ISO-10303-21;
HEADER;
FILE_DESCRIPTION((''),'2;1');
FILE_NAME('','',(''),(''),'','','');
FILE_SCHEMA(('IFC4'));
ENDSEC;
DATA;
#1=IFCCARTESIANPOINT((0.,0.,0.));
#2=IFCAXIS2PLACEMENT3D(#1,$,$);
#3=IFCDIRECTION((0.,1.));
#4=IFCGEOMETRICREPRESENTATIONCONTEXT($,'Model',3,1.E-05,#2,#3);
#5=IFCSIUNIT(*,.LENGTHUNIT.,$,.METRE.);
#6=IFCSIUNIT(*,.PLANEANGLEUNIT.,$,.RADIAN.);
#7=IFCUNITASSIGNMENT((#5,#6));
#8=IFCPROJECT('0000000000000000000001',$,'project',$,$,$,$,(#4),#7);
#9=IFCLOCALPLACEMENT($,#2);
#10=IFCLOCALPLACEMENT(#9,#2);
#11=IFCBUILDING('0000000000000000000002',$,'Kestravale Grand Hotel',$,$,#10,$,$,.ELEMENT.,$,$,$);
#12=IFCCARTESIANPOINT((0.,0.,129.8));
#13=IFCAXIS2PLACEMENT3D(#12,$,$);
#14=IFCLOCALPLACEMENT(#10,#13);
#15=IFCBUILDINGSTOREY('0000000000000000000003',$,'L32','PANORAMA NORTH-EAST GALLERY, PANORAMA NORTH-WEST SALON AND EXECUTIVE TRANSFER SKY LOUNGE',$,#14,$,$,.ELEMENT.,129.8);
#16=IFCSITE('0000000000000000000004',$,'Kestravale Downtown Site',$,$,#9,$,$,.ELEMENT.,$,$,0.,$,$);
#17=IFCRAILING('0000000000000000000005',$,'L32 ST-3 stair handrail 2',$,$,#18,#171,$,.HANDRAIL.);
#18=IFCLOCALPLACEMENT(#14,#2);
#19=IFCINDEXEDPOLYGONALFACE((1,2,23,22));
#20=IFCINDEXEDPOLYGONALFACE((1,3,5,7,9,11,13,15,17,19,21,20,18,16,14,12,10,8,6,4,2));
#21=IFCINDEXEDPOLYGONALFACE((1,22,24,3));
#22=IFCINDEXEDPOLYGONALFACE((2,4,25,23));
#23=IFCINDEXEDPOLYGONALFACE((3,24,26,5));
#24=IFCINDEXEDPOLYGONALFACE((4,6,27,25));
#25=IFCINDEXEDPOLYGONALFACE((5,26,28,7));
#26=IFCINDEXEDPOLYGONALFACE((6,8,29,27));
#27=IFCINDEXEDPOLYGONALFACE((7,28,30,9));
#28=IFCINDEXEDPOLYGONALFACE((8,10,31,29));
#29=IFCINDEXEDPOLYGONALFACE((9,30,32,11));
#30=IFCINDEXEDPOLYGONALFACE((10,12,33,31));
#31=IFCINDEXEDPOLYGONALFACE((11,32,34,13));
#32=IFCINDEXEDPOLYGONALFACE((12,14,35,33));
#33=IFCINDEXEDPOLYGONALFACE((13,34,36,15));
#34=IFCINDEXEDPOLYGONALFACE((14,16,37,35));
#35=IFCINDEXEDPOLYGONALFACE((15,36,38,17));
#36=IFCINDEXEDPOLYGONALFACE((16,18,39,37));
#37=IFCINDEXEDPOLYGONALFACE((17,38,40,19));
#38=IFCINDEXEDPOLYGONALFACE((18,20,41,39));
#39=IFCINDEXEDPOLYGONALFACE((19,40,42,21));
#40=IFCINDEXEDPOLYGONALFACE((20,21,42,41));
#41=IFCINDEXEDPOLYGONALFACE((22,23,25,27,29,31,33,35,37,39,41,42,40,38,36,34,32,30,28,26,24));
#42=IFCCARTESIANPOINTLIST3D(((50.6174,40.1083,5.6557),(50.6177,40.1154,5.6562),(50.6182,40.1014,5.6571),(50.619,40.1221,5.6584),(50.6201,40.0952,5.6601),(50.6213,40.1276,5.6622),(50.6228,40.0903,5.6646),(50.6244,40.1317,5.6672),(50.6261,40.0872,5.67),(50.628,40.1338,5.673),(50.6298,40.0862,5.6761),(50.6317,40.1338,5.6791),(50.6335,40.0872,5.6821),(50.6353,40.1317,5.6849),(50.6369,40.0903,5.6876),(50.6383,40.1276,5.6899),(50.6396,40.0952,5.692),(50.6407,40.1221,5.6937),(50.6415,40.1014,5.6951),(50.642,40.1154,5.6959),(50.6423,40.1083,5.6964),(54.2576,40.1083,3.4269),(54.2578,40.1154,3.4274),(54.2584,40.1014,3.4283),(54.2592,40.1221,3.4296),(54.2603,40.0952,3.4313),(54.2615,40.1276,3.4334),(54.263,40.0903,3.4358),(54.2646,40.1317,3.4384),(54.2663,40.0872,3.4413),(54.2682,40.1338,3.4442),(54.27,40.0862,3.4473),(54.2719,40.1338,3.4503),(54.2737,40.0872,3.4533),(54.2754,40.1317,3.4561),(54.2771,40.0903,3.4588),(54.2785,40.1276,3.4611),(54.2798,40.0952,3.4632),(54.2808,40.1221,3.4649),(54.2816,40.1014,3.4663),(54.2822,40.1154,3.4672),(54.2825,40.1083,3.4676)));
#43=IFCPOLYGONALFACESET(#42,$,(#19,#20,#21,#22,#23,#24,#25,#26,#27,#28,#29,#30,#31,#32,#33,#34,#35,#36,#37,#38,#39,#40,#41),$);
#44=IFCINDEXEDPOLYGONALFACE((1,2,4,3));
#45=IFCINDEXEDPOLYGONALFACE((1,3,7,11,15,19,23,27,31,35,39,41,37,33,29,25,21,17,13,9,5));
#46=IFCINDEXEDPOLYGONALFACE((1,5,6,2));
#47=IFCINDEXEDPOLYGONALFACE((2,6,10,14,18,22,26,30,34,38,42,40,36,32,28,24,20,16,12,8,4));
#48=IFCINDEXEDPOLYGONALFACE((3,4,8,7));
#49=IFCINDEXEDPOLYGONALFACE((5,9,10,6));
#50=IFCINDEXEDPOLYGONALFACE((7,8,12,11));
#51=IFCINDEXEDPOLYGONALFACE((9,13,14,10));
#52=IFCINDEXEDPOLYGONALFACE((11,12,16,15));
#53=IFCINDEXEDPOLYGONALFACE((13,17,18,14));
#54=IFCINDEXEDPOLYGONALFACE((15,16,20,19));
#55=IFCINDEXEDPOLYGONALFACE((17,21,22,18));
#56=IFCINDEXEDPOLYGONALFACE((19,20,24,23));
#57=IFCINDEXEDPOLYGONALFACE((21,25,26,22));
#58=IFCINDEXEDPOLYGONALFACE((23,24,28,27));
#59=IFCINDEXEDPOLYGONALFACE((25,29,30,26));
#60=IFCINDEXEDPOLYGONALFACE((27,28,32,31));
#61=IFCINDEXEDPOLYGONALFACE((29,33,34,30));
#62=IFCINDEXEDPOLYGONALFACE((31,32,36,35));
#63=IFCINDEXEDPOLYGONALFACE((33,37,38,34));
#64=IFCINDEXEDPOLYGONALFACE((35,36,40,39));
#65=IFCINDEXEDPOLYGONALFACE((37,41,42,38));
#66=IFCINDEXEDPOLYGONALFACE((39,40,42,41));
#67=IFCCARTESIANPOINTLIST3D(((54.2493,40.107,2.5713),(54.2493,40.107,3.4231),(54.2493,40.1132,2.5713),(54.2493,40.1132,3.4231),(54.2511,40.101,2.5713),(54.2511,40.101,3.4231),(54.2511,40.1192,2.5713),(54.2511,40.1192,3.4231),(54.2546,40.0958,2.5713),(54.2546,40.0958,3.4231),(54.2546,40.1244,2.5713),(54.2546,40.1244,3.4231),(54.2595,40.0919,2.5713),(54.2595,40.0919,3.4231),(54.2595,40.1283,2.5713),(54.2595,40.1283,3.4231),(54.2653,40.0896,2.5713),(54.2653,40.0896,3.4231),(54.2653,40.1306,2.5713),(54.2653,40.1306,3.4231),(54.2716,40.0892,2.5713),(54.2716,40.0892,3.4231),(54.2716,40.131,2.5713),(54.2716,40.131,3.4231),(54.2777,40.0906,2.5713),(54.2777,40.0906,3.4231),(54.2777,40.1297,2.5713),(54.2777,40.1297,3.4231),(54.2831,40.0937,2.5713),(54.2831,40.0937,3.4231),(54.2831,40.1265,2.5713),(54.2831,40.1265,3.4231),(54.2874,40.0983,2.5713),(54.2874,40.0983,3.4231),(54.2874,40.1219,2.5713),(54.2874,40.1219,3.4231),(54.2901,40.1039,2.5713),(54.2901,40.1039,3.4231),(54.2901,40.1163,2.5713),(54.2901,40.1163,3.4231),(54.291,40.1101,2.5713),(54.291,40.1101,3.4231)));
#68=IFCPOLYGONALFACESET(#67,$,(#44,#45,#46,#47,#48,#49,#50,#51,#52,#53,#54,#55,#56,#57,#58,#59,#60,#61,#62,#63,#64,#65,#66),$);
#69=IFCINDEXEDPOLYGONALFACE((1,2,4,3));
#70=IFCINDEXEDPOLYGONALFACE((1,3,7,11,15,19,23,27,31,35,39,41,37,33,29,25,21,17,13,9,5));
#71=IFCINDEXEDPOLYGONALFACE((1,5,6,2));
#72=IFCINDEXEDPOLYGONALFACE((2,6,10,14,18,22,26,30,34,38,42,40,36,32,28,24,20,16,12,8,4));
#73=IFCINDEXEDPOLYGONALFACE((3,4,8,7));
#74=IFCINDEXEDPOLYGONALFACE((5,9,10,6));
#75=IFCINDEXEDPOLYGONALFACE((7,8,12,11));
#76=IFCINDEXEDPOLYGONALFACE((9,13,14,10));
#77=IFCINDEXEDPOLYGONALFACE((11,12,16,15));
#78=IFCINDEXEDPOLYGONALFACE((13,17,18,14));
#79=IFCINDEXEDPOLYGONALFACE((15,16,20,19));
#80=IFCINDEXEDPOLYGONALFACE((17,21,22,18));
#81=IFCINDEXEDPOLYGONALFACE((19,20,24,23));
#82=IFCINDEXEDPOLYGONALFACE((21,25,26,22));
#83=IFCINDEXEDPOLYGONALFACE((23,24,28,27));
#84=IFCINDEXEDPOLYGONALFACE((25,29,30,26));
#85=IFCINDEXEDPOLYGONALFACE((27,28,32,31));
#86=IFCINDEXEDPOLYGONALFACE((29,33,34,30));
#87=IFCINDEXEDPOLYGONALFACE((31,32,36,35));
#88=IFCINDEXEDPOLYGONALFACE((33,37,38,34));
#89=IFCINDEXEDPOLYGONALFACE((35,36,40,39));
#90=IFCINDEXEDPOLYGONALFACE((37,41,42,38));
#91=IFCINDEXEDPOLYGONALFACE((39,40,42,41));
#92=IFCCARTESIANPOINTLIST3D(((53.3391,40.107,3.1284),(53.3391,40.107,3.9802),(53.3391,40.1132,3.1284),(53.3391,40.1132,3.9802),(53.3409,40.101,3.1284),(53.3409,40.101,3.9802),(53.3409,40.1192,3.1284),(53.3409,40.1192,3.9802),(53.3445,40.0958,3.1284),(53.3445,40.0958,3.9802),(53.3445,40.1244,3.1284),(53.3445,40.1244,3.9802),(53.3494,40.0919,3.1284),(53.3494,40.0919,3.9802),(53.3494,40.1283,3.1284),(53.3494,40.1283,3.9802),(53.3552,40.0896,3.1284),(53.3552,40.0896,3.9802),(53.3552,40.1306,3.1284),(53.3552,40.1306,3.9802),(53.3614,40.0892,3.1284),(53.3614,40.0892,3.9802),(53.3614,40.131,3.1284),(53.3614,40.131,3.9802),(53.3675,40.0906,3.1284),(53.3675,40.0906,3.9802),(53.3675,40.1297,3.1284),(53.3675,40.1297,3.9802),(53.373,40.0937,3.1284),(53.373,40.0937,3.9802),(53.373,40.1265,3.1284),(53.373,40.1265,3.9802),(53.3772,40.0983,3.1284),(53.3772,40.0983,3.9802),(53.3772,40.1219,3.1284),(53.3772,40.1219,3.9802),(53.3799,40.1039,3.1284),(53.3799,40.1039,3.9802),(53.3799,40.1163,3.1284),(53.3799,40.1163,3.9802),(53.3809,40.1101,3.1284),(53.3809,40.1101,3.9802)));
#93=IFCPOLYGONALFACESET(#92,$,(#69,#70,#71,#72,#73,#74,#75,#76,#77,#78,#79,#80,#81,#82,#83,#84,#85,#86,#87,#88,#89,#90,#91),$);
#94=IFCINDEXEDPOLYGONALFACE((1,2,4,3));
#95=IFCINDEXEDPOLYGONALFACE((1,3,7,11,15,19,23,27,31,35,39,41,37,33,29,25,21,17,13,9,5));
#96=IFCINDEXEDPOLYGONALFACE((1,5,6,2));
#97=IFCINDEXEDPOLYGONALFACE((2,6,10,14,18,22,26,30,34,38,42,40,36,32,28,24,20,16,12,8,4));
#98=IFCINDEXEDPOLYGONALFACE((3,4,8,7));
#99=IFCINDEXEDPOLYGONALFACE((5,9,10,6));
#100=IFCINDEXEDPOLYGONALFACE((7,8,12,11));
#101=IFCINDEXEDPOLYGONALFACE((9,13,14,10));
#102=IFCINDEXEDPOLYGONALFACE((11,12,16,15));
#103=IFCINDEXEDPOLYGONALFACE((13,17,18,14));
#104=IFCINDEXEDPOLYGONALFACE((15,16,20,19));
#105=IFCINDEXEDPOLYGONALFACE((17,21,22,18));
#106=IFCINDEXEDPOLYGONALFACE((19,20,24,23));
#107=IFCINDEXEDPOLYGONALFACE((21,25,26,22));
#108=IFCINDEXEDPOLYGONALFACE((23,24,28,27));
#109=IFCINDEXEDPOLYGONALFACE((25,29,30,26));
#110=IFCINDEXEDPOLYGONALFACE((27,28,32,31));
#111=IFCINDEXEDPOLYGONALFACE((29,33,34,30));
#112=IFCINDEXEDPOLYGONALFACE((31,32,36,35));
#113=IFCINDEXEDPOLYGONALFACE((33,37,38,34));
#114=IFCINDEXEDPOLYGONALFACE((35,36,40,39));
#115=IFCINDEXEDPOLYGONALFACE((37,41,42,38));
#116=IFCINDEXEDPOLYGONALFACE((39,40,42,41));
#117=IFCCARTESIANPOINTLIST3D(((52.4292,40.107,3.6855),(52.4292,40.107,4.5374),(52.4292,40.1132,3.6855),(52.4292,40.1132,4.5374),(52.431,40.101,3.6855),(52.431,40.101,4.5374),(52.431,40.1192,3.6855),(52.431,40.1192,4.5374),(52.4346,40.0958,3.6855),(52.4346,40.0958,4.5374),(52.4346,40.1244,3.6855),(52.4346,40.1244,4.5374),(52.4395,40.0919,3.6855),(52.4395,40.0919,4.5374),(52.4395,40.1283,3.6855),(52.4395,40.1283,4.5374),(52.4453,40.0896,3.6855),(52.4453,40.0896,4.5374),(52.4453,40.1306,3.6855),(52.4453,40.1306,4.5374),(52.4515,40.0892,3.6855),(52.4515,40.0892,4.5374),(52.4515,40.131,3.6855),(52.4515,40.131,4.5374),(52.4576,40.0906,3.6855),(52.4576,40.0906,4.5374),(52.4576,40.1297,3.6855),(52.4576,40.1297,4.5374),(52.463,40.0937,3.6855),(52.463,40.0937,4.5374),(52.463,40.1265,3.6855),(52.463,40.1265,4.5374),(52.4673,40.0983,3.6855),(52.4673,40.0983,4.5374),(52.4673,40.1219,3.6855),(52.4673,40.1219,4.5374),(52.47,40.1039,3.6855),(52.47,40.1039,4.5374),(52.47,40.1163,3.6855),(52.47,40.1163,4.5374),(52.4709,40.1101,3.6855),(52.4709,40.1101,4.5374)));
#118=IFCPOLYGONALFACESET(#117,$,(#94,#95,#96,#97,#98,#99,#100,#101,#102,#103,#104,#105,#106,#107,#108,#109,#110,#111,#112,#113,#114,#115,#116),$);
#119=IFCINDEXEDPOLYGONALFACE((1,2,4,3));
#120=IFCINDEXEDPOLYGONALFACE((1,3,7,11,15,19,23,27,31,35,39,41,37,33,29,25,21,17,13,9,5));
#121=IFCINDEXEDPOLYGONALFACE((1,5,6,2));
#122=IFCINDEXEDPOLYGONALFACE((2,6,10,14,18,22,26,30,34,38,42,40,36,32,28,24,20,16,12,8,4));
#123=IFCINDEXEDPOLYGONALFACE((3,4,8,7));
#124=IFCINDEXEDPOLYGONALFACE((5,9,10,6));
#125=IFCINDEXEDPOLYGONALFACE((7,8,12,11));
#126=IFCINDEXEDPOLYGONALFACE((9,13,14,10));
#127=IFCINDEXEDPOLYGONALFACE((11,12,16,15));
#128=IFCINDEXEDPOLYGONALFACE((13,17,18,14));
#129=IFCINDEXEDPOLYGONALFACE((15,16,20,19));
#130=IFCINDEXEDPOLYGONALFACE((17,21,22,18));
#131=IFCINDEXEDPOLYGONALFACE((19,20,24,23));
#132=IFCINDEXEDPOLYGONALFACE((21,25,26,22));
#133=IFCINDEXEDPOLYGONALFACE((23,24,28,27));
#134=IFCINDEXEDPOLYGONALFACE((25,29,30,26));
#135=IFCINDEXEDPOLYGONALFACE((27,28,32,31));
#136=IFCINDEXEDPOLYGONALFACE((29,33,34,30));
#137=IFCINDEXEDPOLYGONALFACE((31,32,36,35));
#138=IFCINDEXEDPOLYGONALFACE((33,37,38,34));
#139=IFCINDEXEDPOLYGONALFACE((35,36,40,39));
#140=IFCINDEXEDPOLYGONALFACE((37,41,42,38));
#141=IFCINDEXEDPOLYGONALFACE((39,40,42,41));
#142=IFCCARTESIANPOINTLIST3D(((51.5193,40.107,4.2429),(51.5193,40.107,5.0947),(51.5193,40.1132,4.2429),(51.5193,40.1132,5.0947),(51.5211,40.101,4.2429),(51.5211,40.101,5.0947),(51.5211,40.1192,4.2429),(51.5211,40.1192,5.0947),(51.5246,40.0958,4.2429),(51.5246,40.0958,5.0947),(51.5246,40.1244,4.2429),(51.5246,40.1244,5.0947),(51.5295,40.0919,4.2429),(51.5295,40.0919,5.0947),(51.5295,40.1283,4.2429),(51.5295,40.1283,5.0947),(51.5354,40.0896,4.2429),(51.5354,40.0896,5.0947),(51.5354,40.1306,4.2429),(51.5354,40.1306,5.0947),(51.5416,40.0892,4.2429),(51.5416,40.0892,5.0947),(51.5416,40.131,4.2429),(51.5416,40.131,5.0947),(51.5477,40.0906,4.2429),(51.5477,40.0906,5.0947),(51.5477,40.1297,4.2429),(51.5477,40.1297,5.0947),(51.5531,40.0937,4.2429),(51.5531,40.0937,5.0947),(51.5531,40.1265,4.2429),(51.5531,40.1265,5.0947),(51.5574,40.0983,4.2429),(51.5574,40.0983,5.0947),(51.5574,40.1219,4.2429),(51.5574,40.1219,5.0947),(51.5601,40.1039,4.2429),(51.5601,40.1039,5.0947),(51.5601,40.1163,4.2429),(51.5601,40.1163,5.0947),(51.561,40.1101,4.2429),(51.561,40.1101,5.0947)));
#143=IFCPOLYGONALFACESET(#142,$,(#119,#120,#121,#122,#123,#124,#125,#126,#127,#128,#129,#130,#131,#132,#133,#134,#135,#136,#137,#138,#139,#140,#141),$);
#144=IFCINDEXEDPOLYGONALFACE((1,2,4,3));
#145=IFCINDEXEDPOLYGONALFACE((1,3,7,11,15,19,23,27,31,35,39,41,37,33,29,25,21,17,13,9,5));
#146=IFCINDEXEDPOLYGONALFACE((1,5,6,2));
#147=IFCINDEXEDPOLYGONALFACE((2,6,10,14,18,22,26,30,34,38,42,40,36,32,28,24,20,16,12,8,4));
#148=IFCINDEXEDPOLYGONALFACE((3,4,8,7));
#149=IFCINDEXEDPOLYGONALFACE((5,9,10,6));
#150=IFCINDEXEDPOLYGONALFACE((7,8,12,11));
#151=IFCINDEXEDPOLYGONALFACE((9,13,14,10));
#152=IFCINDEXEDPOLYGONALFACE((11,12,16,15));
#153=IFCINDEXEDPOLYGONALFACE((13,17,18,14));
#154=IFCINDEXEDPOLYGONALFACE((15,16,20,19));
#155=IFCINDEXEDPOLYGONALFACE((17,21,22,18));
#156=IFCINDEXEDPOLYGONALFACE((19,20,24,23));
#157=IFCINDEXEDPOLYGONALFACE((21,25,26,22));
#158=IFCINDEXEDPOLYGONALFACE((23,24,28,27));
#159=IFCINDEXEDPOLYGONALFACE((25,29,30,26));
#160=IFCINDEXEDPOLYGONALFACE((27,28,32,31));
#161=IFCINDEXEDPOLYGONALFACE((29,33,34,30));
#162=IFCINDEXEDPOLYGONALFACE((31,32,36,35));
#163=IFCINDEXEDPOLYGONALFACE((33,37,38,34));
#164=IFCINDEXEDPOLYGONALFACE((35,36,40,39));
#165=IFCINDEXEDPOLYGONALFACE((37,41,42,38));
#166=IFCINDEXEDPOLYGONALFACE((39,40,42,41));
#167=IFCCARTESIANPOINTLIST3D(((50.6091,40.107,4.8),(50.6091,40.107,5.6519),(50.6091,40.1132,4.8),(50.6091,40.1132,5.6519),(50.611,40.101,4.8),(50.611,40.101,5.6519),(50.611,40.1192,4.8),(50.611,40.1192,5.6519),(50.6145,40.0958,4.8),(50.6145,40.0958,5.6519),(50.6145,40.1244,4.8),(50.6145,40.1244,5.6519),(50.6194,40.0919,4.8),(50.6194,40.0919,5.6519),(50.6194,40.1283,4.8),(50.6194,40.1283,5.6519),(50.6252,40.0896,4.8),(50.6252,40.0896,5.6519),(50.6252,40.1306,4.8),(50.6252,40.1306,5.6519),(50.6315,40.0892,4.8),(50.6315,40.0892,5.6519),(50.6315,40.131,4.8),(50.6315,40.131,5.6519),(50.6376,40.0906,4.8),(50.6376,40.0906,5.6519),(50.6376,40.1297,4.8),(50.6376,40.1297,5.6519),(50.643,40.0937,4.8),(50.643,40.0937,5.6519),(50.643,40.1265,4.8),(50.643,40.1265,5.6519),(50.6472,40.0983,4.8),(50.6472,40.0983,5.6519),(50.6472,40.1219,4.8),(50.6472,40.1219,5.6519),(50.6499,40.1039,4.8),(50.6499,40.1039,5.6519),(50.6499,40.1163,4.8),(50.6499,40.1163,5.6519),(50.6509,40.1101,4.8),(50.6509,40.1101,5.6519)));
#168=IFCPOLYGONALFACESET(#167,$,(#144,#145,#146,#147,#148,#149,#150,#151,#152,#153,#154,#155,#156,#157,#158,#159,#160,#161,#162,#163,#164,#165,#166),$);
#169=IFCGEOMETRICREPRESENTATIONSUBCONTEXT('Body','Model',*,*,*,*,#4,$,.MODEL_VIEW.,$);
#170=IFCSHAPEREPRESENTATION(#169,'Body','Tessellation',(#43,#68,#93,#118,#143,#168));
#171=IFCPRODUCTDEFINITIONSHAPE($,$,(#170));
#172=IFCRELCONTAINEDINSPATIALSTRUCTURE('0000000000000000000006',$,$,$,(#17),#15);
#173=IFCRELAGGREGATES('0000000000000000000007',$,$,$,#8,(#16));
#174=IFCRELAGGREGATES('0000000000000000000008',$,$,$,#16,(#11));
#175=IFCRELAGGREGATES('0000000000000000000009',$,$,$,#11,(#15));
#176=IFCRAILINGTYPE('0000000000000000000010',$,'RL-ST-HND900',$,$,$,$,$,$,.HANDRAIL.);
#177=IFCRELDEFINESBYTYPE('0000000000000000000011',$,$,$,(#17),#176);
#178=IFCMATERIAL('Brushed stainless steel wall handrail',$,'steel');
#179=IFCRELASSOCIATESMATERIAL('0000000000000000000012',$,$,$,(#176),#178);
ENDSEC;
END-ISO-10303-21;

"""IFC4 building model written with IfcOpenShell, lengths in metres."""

from ifc_helpers import new_model, si_unit, direction, frame, origin, origin_2d, place, context, subcontext, project, spatial, circle, extrude, material, type_object, element, save


model = new_model("IFC4")

# Units and contexts
model_context = context("Model", 3, precision=1e-05, world=origin(), true_north=direction((0.0, 1.0)))
body_context = subcontext(model_context, "Body", "Model", "MODEL_VIEW")
ifc_project = project(units=[si_unit("LENGTHUNIT", "METRE"), si_unit("PLANEANGLEUNIT", "RADIAN")], contexts=[model_context])

# Site, building, storey
site_placement = place(None, origin())
site = spatial("IfcSite", under=ifc_project, at=site_placement, Name="Kestravale Downtown Site", CompositionType="ELEMENT", RefElevation=0.0)
building_placement = place(site_placement, origin())
building = spatial("IfcBuilding", under=site, at=building_placement, Name="Kestravale Grand Hotel", CompositionType="ELEMENT")
storey_placement = place(building_placement, frame((0.0, 0.0, 129.8)))
storey = spatial("IfcBuildingStorey", under=building, at=storey_placement, Name="L32", Description="PANORAMA NORTH-EAST GALLERY, PANORAMA NORTH-WEST SALON AND EXECUTIVE TRANSFER SKY LOUNGE", CompositionType="ELEMENT", Elevation=129.8)

# Railing
ifc_material_1 = material(Name="Brushed stainless steel wall handrail", Category="steel")
railing_type_1 = type_object("IfcRailingType", Name="RL-ST-HND900", PredefinedType="HANDRAIL", material=ifc_material_1)
railing_1_placement = place(storey_placement, frame((54.27, 40.1101, 2.5713)))
element("IfcRailing", 1, at=railing_1_placement, inside=storey, type_object=railing_type_1, Name="L32 ST-3 stair handrail 2", PredefinedType="HANDRAIL", context=body_context, shape_type="SweptSolid", body=[
    extrude(circle(Radius=0.0239, at=origin_2d()), frame((0.0, 0.0, 0.876), z_axis=(-0.85284, 0.0, 0.522172), x_axis=(0.0, -1.0, 0.0)), (0.0, 0.0, 1.0), 4.2683),
    extrude(circle(Radius=0.021, at=origin_2d()), origin(), (0.0, 0.0, 1.0), 0.8518),
    extrude(circle(Radius=0.021, at=origin_2d()), frame((-0.9102, 0.0, 0.5571)), (0.0, 0.0, 1.0), 0.8518),
    extrude(circle(Radius=0.021, at=origin_2d()), frame((-1.8201, 0.0, 1.1143)), (0.0, 0.0, 1.0), 0.8518),
    extrude(circle(Radius=0.021, at=origin_2d()), frame((-2.73, 0.0, 1.6716)), (0.0, 0.0, 1.0), 0.8518),
    extrude(circle(Radius=0.021, at=origin_2d()), frame((-3.6401, 0.0, 2.2288)), (0.0, 0.0, 1.0), 0.8518),
])

save(model, "model.ifc")
